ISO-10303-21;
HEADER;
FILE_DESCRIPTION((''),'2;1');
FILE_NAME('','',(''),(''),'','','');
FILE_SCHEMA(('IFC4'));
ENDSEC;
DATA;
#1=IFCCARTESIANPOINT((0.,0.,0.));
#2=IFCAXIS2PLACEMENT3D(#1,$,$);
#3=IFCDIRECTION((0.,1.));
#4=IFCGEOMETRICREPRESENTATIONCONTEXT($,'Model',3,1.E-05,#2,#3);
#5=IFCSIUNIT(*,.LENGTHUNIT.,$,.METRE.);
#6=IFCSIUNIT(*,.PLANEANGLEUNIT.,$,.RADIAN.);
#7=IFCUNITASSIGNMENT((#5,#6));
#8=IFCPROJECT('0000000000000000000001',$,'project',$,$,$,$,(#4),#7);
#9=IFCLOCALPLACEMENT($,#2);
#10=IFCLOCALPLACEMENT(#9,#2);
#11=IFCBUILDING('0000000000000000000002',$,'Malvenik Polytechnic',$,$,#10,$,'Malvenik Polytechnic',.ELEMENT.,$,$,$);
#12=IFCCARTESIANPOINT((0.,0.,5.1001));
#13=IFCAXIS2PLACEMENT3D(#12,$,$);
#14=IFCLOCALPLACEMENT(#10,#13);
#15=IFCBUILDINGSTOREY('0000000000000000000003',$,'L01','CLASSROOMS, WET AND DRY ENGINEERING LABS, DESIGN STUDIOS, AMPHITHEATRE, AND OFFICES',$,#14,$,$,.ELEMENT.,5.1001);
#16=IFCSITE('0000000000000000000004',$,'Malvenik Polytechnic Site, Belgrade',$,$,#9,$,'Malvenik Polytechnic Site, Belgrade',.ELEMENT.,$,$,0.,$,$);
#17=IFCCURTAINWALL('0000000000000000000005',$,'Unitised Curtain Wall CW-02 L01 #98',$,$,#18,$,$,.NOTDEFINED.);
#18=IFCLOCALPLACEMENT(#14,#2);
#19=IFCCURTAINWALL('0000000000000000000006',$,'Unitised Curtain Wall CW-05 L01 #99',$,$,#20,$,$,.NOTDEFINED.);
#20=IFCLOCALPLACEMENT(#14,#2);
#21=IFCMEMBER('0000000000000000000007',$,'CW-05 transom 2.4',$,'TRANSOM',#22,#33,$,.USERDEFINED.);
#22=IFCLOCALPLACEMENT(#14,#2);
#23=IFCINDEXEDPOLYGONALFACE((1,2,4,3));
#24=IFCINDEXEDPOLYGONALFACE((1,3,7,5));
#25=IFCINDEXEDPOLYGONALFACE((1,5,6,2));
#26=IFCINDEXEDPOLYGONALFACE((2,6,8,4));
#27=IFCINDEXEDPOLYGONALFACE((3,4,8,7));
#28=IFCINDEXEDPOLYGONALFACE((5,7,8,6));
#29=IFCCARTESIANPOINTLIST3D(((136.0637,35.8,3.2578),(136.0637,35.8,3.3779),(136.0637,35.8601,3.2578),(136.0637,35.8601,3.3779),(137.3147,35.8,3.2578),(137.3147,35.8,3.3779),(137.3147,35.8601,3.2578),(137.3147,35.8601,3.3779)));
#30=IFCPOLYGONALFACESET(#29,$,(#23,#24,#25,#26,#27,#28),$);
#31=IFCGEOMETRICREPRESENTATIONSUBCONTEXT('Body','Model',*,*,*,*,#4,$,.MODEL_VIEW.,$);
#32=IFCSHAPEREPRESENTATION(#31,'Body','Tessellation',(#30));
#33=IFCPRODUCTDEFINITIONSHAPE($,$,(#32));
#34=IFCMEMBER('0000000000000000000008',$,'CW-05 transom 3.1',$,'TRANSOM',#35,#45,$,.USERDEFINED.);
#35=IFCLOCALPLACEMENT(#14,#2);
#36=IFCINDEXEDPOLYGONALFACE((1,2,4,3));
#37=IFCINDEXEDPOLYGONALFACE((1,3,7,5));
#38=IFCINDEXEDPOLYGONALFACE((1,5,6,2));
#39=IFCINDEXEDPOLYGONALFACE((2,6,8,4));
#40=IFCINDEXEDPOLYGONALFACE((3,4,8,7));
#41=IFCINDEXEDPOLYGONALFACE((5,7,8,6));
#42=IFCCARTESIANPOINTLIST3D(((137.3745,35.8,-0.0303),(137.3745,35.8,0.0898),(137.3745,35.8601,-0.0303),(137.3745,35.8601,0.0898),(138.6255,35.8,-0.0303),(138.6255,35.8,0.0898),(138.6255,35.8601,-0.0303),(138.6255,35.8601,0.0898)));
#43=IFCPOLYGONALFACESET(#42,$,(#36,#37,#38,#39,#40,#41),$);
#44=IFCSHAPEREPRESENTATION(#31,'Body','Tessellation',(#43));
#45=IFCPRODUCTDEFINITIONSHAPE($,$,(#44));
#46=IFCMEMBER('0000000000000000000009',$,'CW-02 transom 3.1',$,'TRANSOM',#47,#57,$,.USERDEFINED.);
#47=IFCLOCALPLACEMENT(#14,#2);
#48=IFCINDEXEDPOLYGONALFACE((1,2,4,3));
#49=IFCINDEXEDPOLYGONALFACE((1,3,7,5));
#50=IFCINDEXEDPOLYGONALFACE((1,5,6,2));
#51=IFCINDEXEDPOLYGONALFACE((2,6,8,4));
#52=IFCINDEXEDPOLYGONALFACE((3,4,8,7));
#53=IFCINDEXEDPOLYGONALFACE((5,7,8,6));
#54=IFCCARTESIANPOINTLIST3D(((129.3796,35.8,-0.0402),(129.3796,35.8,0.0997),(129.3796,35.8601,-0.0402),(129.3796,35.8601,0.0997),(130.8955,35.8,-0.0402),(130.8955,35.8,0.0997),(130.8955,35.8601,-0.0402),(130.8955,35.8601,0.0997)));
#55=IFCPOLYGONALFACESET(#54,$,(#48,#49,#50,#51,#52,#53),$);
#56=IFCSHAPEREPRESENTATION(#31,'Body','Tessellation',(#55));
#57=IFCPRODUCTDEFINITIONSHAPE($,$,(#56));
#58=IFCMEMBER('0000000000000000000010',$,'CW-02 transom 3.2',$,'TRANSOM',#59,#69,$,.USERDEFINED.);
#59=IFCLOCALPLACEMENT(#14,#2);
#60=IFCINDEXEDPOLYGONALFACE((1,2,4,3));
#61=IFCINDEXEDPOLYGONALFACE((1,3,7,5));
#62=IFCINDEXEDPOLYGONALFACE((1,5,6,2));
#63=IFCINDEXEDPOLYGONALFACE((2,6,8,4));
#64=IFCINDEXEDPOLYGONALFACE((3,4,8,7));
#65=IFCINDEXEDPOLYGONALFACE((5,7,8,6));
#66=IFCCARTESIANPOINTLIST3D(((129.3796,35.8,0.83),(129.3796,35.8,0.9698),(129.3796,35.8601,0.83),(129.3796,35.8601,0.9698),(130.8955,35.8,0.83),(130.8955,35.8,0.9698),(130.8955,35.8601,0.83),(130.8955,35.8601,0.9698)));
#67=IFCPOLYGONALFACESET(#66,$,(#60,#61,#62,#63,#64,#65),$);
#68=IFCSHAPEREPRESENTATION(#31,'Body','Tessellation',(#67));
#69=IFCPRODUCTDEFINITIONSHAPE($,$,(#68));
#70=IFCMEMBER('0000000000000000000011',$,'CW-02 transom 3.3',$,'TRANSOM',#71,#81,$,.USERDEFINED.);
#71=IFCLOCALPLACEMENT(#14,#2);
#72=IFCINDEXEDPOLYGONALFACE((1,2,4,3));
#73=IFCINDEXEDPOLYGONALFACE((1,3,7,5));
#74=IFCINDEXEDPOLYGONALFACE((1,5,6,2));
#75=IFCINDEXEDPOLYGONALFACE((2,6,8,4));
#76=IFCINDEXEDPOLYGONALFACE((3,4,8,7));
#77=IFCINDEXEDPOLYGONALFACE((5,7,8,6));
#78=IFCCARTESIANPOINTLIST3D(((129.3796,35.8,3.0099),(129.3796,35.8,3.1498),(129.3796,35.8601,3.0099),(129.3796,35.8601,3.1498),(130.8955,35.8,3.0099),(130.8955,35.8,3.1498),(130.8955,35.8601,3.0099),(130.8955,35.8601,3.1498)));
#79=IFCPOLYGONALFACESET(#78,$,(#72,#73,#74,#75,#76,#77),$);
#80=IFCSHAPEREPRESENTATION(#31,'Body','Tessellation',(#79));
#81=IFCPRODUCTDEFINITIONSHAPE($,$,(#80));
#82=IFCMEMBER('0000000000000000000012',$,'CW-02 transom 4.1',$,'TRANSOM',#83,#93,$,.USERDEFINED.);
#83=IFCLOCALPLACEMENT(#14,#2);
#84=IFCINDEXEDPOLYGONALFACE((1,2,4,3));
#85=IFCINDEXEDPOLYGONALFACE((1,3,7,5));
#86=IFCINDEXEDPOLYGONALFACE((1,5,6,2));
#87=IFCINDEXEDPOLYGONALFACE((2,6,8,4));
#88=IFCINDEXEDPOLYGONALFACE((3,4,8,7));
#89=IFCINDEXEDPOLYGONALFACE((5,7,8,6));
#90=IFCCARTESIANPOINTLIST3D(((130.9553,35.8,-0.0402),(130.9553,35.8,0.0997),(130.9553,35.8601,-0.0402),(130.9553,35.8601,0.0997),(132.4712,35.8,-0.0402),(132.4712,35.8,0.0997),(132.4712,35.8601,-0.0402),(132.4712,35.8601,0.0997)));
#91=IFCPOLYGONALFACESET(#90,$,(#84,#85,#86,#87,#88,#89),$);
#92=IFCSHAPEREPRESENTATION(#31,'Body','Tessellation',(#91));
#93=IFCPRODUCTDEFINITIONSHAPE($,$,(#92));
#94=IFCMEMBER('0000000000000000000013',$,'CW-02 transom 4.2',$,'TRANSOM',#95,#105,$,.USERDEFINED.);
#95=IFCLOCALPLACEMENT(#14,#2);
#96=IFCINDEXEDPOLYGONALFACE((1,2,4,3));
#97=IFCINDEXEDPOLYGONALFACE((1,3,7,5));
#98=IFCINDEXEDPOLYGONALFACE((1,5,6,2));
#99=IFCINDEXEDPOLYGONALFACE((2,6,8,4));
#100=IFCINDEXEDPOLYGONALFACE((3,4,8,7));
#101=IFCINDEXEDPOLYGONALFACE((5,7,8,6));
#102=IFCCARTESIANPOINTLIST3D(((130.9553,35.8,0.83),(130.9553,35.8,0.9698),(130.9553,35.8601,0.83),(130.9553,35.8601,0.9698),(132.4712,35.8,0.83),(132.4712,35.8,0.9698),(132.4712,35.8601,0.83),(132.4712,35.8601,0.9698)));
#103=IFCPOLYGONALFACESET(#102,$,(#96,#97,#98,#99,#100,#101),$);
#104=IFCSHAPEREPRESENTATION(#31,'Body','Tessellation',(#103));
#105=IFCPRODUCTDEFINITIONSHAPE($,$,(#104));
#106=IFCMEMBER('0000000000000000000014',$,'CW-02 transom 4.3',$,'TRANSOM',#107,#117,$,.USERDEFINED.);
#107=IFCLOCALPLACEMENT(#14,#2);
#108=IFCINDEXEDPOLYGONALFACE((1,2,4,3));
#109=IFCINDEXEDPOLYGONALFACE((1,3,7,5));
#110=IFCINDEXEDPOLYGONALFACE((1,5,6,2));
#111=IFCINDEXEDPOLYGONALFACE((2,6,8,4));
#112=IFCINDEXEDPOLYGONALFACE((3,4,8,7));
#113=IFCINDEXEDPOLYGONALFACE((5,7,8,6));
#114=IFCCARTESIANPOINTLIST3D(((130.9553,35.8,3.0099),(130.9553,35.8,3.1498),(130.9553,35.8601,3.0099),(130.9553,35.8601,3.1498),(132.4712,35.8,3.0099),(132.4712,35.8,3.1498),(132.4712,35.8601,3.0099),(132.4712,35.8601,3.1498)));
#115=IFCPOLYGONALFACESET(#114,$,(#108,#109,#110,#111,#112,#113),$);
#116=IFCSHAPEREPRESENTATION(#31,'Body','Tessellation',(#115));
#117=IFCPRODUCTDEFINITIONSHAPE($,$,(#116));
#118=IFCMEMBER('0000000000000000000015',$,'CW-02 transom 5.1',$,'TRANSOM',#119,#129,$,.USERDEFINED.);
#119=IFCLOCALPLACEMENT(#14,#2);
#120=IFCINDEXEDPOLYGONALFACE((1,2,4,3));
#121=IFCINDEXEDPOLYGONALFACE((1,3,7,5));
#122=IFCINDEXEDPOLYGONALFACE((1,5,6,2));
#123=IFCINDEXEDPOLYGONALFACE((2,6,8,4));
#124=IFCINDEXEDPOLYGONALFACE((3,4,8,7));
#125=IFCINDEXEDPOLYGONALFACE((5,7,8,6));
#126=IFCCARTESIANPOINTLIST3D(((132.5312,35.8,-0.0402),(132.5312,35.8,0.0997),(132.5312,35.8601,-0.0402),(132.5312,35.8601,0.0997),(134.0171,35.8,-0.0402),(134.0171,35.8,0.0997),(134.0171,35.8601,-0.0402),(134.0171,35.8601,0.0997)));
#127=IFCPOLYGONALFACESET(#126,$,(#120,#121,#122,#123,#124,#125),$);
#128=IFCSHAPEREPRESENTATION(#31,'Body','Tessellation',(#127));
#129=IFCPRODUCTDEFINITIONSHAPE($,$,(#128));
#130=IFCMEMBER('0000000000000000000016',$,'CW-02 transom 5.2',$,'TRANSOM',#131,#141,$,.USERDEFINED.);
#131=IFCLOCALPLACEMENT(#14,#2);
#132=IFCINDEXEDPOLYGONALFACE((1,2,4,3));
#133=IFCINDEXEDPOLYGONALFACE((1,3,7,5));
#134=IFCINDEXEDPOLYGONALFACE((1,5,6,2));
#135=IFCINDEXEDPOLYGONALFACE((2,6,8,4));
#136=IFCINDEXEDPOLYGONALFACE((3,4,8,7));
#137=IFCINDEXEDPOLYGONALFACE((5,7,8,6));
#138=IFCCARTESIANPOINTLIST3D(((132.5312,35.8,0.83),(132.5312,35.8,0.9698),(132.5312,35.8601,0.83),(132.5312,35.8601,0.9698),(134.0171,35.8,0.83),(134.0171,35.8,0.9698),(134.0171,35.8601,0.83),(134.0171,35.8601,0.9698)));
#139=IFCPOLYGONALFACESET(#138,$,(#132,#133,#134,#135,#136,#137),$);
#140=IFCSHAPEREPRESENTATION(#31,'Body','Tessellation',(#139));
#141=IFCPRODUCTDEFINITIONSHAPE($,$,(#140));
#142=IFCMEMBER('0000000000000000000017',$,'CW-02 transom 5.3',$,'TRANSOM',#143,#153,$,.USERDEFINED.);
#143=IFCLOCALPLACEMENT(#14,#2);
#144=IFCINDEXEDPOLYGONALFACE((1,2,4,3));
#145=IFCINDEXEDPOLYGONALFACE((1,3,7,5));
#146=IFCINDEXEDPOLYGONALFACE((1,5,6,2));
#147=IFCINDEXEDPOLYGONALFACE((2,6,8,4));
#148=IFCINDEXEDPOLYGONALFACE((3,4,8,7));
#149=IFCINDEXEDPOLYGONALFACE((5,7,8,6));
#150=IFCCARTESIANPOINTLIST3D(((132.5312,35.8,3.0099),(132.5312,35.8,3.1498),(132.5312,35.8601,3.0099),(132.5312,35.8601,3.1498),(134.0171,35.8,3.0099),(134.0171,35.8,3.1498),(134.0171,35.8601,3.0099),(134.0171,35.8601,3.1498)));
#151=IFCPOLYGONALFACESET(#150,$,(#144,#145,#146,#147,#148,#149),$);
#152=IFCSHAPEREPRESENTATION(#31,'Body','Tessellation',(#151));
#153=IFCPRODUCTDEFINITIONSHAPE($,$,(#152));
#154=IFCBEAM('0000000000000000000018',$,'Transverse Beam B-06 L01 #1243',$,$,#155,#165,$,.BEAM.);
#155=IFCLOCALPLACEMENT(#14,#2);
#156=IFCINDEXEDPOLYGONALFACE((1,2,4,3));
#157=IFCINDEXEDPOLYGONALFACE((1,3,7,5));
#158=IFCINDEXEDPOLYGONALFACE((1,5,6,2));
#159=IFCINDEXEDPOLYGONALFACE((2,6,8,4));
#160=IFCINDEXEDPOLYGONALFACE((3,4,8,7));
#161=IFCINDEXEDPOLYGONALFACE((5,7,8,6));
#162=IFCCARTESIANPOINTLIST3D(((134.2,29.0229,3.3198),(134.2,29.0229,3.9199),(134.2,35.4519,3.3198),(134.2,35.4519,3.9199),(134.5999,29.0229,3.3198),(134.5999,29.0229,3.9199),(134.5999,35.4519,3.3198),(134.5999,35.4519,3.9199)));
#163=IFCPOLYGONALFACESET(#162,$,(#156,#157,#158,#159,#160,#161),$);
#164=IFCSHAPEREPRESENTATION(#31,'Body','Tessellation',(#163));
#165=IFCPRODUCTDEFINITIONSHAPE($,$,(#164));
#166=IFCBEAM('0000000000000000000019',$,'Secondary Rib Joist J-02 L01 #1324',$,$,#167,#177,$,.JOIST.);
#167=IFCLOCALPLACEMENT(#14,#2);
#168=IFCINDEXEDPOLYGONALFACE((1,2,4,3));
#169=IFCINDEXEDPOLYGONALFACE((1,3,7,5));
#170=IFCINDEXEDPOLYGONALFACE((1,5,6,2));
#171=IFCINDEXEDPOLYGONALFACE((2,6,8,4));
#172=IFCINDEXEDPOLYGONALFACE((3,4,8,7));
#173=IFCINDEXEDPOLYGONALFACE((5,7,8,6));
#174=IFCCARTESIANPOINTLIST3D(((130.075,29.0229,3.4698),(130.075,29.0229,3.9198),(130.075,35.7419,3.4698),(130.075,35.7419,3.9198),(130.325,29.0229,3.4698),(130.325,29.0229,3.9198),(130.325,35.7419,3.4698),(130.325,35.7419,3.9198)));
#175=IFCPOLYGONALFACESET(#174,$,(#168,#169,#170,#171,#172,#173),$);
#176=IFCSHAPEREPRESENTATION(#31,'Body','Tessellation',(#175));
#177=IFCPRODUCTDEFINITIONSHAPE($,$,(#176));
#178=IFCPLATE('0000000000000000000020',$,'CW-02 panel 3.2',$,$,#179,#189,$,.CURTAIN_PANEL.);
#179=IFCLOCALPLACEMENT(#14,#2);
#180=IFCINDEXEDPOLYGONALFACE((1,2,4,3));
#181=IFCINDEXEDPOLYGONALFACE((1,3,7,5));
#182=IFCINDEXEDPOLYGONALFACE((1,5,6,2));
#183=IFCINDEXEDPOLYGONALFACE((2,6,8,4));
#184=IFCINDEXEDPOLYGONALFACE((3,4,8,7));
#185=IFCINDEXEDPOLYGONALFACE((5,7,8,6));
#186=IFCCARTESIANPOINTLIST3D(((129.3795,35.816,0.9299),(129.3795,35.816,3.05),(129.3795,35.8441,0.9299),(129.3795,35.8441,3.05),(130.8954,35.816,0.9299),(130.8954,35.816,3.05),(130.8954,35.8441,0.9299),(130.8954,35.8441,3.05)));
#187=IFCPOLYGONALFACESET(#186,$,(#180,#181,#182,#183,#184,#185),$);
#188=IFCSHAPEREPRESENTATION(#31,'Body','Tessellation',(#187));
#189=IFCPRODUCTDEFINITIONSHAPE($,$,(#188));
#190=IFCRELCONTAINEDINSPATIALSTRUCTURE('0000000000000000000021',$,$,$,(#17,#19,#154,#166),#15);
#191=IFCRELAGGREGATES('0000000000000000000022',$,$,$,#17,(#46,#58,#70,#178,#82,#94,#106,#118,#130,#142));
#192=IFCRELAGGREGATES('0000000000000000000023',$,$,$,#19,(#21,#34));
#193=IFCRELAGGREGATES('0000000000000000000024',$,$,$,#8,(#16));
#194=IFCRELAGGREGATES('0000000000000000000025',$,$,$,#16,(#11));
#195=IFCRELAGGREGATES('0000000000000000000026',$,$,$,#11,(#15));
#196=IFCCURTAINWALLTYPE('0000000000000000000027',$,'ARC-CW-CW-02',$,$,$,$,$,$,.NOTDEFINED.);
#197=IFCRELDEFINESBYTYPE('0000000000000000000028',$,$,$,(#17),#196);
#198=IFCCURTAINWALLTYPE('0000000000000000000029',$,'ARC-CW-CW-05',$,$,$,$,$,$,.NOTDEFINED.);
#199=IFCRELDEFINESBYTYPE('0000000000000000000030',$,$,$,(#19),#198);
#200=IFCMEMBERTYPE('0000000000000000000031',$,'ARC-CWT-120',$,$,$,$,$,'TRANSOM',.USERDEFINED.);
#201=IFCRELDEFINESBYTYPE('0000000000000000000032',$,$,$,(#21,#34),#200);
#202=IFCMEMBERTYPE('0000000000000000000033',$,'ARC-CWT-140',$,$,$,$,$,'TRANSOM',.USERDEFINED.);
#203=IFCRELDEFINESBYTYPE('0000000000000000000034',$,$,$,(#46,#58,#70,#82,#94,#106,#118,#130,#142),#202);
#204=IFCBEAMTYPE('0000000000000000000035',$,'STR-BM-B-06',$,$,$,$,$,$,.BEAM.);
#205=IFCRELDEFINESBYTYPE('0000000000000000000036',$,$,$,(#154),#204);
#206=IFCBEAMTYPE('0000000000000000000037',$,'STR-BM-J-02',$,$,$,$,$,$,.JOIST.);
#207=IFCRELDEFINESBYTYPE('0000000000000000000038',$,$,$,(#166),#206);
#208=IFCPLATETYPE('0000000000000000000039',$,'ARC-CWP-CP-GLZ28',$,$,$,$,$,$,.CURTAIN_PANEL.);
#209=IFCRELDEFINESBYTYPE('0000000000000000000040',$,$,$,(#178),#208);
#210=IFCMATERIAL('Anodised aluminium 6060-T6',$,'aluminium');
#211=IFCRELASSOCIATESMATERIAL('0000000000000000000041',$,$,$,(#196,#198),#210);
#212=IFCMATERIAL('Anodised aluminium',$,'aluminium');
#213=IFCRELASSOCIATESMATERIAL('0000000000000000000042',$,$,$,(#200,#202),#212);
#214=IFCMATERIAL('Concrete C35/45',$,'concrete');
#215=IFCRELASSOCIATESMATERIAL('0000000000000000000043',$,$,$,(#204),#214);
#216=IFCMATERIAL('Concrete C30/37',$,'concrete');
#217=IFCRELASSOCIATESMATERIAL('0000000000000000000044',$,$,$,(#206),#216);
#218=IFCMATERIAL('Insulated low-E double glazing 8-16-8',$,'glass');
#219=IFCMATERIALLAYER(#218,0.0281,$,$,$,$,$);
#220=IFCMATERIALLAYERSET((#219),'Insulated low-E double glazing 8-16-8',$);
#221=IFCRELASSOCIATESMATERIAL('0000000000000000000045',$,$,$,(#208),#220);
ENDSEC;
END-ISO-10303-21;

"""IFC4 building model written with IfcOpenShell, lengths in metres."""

from ifc_helpers import new_model, si_unit, direction, frame, origin, origin_2d, place, context, subcontext, project, spatial, rectangle, extrude, material, layer, layer_set, material_profile, profile_set, type_object, element, aggregate, save


model = new_model("IFC4")

# Units and contexts
model_context = context("Model", 3, precision=1e-05, world=origin(), true_north=direction((0.0, 1.0)))
body_context = subcontext(model_context, "Body", "Model", "MODEL_VIEW")
ifc_project = project(units=[si_unit("LENGTHUNIT", "METRE"), si_unit("PLANEANGLEUNIT", "RADIAN")], contexts=[model_context])

# Site, building, storey
site_placement = place(None, origin())
site = spatial("IfcSite", under=ifc_project, at=site_placement, Name="Malvenik Polytechnic Site, Belgrade", LongName="Malvenik Polytechnic Site, Belgrade", CompositionType="ELEMENT", RefElevation=0.0)
building_placement = place(site_placement, origin())
building = spatial("IfcBuilding", under=site, at=building_placement, Name="Malvenik Polytechnic", LongName="Malvenik Polytechnic", CompositionType="ELEMENT")
storey_placement = place(building_placement, frame((0.0, 0.0, 5.1001)))
storey = spatial("IfcBuildingStorey", under=building, at=storey_placement, Name="L01", Description="CLASSROOMS, WET AND DRY ENGINEERING LABS, DESIGN STUDIOS, AMPHITHEATRE, AND OFFICES", CompositionType="ELEMENT", Elevation=5.1001)

# Curtain walls, members
ifc_material_1 = material(Name="Anodised aluminium 6060-T6", Category="aluminium")
curtain_wall_type_1 = type_object("IfcCurtainWallType", Name="ARC-CW-CW-02", PredefinedType="NOTDEFINED", material=ifc_material_1)
curtain_wall_1_placement = place(storey_placement, origin())
curtain_wall_1 = element("IfcCurtainWall", 1, at=curtain_wall_1_placement, inside=storey, type_object=curtain_wall_type_1, Name="Unitised Curtain Wall CW-02 L01 #98", PredefinedType="NOTDEFINED")
ifc_material_2 = material(Name="Anodised aluminium", Category="aluminium")
curtain_wall_type_2 = type_object("IfcCurtainWallType", Name="ARC-CW-CW-05", PredefinedType="NOTDEFINED", material=ifc_material_1)
curtain_wall_2_placement = place(storey_placement, origin())
curtain_wall_2 = element("IfcCurtainWall", 2, at=curtain_wall_2_placement, inside=storey, type_object=curtain_wall_type_2, Name="Unitised Curtain Wall CW-05 L01 #99", PredefinedType="NOTDEFINED")
ifc_material_profile_1 = material_profile(ifc_material_2, rectangle(XDim=0.0601, YDim=0.1201, at=origin_2d()), Name="ALU TRANSOM 60x120")
ifc_profile_set_1 = profile_set([ifc_material_profile_1], Name="Anodised aluminium")
member_type_1 = type_object("IfcMemberType", Name="ARC-CWT-120", ElementType="TRANSOM", PredefinedType="USERDEFINED", material=ifc_profile_set_1)
member_1_placement = place(storey_placement, frame((136.0637, 35.8301, 3.3179), z_axis=(1.0, 0.0, 0.0), x_axis=(0.0, 1.0, 0.0)))
member_1 = element("IfcMember", 3, at=member_1_placement, type_object=member_type_1, Name="CW-05 transom 2.4", ObjectType="TRANSOM", PredefinedType="USERDEFINED", context=body_context, shape_type="SweptSolid", body=[
    extrude(rectangle(XDim=0.0601, YDim=0.1201, at=origin_2d()), origin(), (0.0, 0.0, 1.0), 1.251),
])
member_2_placement = place(storey_placement, frame((137.3745, 35.8301, 0.0298), z_axis=(1.0, 0.0, 0.0), x_axis=(0.0, 1.0, 0.0)))
member_2 = element("IfcMember", 4, at=member_2_placement, type_object=member_type_1, Name="CW-05 transom 3.1", ObjectType="TRANSOM", PredefinedType="USERDEFINED", context=body_context, shape_type="SweptSolid", body=[
    extrude(rectangle(XDim=0.0601, YDim=0.1201, at=origin_2d()), origin(), (0.0, 0.0, 1.0), 1.251),
])

# Members
ifc_material_profile_2 = material_profile(ifc_material_2, rectangle(XDim=0.0601, YDim=0.1399, at=origin_2d()), Name="ALU TRANSOM 60x140")
ifc_profile_set_2 = profile_set([ifc_material_profile_2], Name="Anodised aluminium")
member_type_2 = type_object("IfcMemberType", Name="ARC-CWT-140", ElementType="TRANSOM", PredefinedType="USERDEFINED", material=ifc_profile_set_2)
member_3_placement = place(storey_placement, frame((129.3796, 35.8301, 0.0298), z_axis=(1.0, 0.0, 0.0), x_axis=(0.0, 1.0, 0.0)))
member_3 = element("IfcMember", 5, at=member_3_placement, type_object=member_type_2, Name="CW-02 transom 3.1", ObjectType="TRANSOM", PredefinedType="USERDEFINED", context=body_context, shape_type="SweptSolid", body=[
    extrude(rectangle(XDim=0.0601, YDim=0.1399, at=origin_2d()), origin(), (0.0, 0.0, 1.0), 1.5159),
])
member_4_placement = place(storey_placement, frame((129.3796, 35.8301, 0.8999), z_axis=(1.0, 0.0, 0.0), x_axis=(0.0, 1.0, 0.0)))
member_4 = element("IfcMember", 6, at=member_4_placement, type_object=member_type_2, Name="CW-02 transom 3.2", ObjectType="TRANSOM", PredefinedType="USERDEFINED", context=body_context, shape_type="SweptSolid", body=[
    extrude(rectangle(XDim=0.0601, YDim=0.1399, at=origin_2d()), origin(), (0.0, 0.0, 1.0), 1.5159),
])
member_5_placement = place(storey_placement, frame((129.3796, 35.8301, 3.0798), z_axis=(1.0, 0.0, 0.0), x_axis=(0.0, 1.0, 0.0)))
member_5 = element("IfcMember", 7, at=member_5_placement, type_object=member_type_2, Name="CW-02 transom 3.3", ObjectType="TRANSOM", PredefinedType="USERDEFINED", context=body_context, shape_type="SweptSolid", body=[
    extrude(rectangle(XDim=0.0601, YDim=0.1399, at=origin_2d()), origin(), (0.0, 0.0, 1.0), 1.5159),
])
member_6_placement = place(storey_placement, frame((130.9553, 35.8301, 0.0298), z_axis=(1.0, 0.0, 0.0), x_axis=(0.0, 1.0, 0.0)))
member_6 = element("IfcMember", 8, at=member_6_placement, type_object=member_type_2, Name="CW-02 transom 4.1", ObjectType="TRANSOM", PredefinedType="USERDEFINED", context=body_context, shape_type="SweptSolid", body=[
    extrude(rectangle(XDim=0.0601, YDim=0.1399, at=origin_2d()), origin(), (0.0, 0.0, 1.0), 1.5159),
])
member_7_placement = place(storey_placement, frame((130.9553, 35.8301, 0.8999), z_axis=(1.0, 0.0, 0.0), x_axis=(0.0, 1.0, 0.0)))
member_7 = element("IfcMember", 9, at=member_7_placement, type_object=member_type_2, Name="CW-02 transom 4.2", ObjectType="TRANSOM", PredefinedType="USERDEFINED", context=body_context, shape_type="SweptSolid", body=[
    extrude(rectangle(XDim=0.0601, YDim=0.1399, at=origin_2d()), origin(), (0.0, 0.0, 1.0), 1.5159),
])
member_8_placement = place(storey_placement, frame((130.9553, 35.8301, 3.0798), z_axis=(1.0, 0.0, 0.0), x_axis=(0.0, 1.0, 0.0)))
member_8 = element("IfcMember", 10, at=member_8_placement, type_object=member_type_2, Name="CW-02 transom 4.3", ObjectType="TRANSOM", PredefinedType="USERDEFINED", context=body_context, shape_type="SweptSolid", body=[
    extrude(rectangle(XDim=0.0601, YDim=0.1399, at=origin_2d()), origin(), (0.0, 0.0, 1.0), 1.5159),
])
member_9_placement = place(storey_placement, frame((132.5312, 35.8301, 0.0298), z_axis=(1.0, 0.0, 0.0), x_axis=(0.0, 1.0, 0.0)))
member_9 = element("IfcMember", 11, at=member_9_placement, type_object=member_type_2, Name="CW-02 transom 5.1", ObjectType="TRANSOM", PredefinedType="USERDEFINED", context=body_context, shape_type="SweptSolid", body=[
    extrude(rectangle(XDim=0.0601, YDim=0.1399, at=origin_2d()), origin(), (0.0, 0.0, 1.0), 1.4858),
])
member_10_placement = place(storey_placement, frame((132.5312, 35.8301, 0.8999), z_axis=(1.0, 0.0, 0.0), x_axis=(0.0, 1.0, 0.0)))
member_10 = element("IfcMember", 12, at=member_10_placement, type_object=member_type_2, Name="CW-02 transom 5.2", ObjectType="TRANSOM", PredefinedType="USERDEFINED", context=body_context, shape_type="SweptSolid", body=[
    extrude(rectangle(XDim=0.0601, YDim=0.1399, at=origin_2d()), origin(), (0.0, 0.0, 1.0), 1.4858),
])
member_11_placement = place(storey_placement, frame((132.5312, 35.8301, 3.0798), z_axis=(1.0, 0.0, 0.0), x_axis=(0.0, 1.0, 0.0)))
member_11 = element("IfcMember", 13, at=member_11_placement, type_object=member_type_2, Name="CW-02 transom 5.3", ObjectType="TRANSOM", PredefinedType="USERDEFINED", context=body_context, shape_type="SweptSolid", body=[
    extrude(rectangle(XDim=0.0601, YDim=0.1399, at=origin_2d()), origin(), (0.0, 0.0, 1.0), 1.4858),
])

# Beams
ifc_material_3 = material(Name="Concrete C35/45", Category="concrete")
ifc_material_profile_3 = material_profile(ifc_material_3, rectangle(XDim=0.3999, YDim=0.6001, at=origin_2d()), Name="RC BM 400x600")
ifc_profile_set_3 = profile_set([ifc_material_profile_3], Name="Concrete C35/45")
beam_type_1 = type_object("IfcBeamType", Name="STR-BM-B-06", PredefinedType="BEAM", material=ifc_profile_set_3)
beam_1_placement = place(storey_placement, frame((134.3999, 29.0229, 3.6199), z_axis=(0.0, 1.0, 0.0), x_axis=(-1.0, 0.0, 0.0)))
element("IfcBeam", 14, at=beam_1_placement, inside=storey, type_object=beam_type_1, Name="Transverse Beam B-06 L01 #1243", PredefinedType="BEAM", context=body_context, shape_type="SweptSolid", body=[
    extrude(rectangle(XDim=0.3999, YDim=0.6001, at=origin_2d()), origin(), (0.0, 0.0, 1.0), 6.429),
])
ifc_material_4 = material(Name="Concrete C30/37", Category="concrete")
ifc_material_profile_4 = material_profile(ifc_material_4, rectangle(XDim=0.25, YDim=0.45, at=origin_2d()), Name="RC JST 250x450")
ifc_profile_set_4 = profile_set([ifc_material_profile_4], Name="Concrete C30/37")
beam_type_2 = type_object("IfcBeamType", Name="STR-BM-J-02", PredefinedType="JOIST", material=ifc_profile_set_4)
beam_2_placement = place(storey_placement, frame((130.2, 29.0229, 3.6948), z_axis=(0.0, 1.0, 0.0), x_axis=(-1.0, 0.0, 0.0)))
element("IfcBeam", 15, at=beam_2_placement, inside=storey, type_object=beam_type_2, Name="Secondary Rib Joist J-02 L01 #1324", PredefinedType="JOIST", context=body_context, shape_type="SweptSolid", body=[
    extrude(rectangle(XDim=0.25, YDim=0.45, at=origin_2d()), origin(), (0.0, 0.0, 1.0), 6.719),
])

# Plate
ifc_material_5 = material(Name="Insulated low-E double glazing 8-16-8", Category="glass")
ifc_layer_1 = layer(ifc_material_5, 0.0281)
ifc_layer_set_1 = layer_set([ifc_layer_1], Name="Insulated low-E double glazing 8-16-8")
plate_type_1 = type_object("IfcPlateType", Name="ARC-CWP-CP-GLZ28", PredefinedType="CURTAIN_PANEL", material=ifc_layer_set_1)
plate_1_placement = place(storey_placement, frame((130.1375, 35.8301, 0.9299), z_axis=(0.0, 0.0, 1.0), x_axis=(1.0, 0.0, 0.0)))
plate_1 = element("IfcPlate", 16, at=plate_1_placement, type_object=plate_type_1, Name="CW-02 panel 3.2", PredefinedType="CURTAIN_PANEL", context=body_context, shape_type="SweptSolid", body=[
    extrude(rectangle(XDim=1.5159, YDim=0.0281, at=origin_2d()), origin(), (0.0, 0.0, 1.0), 2.1201),
])
aggregate(curtain_wall_1, [member_3, member_4, member_5, plate_1, member_6, member_7, member_8, member_9, member_10, member_11])
aggregate(curtain_wall_2, [member_1, member_2])

save(model, "model.ifc")
